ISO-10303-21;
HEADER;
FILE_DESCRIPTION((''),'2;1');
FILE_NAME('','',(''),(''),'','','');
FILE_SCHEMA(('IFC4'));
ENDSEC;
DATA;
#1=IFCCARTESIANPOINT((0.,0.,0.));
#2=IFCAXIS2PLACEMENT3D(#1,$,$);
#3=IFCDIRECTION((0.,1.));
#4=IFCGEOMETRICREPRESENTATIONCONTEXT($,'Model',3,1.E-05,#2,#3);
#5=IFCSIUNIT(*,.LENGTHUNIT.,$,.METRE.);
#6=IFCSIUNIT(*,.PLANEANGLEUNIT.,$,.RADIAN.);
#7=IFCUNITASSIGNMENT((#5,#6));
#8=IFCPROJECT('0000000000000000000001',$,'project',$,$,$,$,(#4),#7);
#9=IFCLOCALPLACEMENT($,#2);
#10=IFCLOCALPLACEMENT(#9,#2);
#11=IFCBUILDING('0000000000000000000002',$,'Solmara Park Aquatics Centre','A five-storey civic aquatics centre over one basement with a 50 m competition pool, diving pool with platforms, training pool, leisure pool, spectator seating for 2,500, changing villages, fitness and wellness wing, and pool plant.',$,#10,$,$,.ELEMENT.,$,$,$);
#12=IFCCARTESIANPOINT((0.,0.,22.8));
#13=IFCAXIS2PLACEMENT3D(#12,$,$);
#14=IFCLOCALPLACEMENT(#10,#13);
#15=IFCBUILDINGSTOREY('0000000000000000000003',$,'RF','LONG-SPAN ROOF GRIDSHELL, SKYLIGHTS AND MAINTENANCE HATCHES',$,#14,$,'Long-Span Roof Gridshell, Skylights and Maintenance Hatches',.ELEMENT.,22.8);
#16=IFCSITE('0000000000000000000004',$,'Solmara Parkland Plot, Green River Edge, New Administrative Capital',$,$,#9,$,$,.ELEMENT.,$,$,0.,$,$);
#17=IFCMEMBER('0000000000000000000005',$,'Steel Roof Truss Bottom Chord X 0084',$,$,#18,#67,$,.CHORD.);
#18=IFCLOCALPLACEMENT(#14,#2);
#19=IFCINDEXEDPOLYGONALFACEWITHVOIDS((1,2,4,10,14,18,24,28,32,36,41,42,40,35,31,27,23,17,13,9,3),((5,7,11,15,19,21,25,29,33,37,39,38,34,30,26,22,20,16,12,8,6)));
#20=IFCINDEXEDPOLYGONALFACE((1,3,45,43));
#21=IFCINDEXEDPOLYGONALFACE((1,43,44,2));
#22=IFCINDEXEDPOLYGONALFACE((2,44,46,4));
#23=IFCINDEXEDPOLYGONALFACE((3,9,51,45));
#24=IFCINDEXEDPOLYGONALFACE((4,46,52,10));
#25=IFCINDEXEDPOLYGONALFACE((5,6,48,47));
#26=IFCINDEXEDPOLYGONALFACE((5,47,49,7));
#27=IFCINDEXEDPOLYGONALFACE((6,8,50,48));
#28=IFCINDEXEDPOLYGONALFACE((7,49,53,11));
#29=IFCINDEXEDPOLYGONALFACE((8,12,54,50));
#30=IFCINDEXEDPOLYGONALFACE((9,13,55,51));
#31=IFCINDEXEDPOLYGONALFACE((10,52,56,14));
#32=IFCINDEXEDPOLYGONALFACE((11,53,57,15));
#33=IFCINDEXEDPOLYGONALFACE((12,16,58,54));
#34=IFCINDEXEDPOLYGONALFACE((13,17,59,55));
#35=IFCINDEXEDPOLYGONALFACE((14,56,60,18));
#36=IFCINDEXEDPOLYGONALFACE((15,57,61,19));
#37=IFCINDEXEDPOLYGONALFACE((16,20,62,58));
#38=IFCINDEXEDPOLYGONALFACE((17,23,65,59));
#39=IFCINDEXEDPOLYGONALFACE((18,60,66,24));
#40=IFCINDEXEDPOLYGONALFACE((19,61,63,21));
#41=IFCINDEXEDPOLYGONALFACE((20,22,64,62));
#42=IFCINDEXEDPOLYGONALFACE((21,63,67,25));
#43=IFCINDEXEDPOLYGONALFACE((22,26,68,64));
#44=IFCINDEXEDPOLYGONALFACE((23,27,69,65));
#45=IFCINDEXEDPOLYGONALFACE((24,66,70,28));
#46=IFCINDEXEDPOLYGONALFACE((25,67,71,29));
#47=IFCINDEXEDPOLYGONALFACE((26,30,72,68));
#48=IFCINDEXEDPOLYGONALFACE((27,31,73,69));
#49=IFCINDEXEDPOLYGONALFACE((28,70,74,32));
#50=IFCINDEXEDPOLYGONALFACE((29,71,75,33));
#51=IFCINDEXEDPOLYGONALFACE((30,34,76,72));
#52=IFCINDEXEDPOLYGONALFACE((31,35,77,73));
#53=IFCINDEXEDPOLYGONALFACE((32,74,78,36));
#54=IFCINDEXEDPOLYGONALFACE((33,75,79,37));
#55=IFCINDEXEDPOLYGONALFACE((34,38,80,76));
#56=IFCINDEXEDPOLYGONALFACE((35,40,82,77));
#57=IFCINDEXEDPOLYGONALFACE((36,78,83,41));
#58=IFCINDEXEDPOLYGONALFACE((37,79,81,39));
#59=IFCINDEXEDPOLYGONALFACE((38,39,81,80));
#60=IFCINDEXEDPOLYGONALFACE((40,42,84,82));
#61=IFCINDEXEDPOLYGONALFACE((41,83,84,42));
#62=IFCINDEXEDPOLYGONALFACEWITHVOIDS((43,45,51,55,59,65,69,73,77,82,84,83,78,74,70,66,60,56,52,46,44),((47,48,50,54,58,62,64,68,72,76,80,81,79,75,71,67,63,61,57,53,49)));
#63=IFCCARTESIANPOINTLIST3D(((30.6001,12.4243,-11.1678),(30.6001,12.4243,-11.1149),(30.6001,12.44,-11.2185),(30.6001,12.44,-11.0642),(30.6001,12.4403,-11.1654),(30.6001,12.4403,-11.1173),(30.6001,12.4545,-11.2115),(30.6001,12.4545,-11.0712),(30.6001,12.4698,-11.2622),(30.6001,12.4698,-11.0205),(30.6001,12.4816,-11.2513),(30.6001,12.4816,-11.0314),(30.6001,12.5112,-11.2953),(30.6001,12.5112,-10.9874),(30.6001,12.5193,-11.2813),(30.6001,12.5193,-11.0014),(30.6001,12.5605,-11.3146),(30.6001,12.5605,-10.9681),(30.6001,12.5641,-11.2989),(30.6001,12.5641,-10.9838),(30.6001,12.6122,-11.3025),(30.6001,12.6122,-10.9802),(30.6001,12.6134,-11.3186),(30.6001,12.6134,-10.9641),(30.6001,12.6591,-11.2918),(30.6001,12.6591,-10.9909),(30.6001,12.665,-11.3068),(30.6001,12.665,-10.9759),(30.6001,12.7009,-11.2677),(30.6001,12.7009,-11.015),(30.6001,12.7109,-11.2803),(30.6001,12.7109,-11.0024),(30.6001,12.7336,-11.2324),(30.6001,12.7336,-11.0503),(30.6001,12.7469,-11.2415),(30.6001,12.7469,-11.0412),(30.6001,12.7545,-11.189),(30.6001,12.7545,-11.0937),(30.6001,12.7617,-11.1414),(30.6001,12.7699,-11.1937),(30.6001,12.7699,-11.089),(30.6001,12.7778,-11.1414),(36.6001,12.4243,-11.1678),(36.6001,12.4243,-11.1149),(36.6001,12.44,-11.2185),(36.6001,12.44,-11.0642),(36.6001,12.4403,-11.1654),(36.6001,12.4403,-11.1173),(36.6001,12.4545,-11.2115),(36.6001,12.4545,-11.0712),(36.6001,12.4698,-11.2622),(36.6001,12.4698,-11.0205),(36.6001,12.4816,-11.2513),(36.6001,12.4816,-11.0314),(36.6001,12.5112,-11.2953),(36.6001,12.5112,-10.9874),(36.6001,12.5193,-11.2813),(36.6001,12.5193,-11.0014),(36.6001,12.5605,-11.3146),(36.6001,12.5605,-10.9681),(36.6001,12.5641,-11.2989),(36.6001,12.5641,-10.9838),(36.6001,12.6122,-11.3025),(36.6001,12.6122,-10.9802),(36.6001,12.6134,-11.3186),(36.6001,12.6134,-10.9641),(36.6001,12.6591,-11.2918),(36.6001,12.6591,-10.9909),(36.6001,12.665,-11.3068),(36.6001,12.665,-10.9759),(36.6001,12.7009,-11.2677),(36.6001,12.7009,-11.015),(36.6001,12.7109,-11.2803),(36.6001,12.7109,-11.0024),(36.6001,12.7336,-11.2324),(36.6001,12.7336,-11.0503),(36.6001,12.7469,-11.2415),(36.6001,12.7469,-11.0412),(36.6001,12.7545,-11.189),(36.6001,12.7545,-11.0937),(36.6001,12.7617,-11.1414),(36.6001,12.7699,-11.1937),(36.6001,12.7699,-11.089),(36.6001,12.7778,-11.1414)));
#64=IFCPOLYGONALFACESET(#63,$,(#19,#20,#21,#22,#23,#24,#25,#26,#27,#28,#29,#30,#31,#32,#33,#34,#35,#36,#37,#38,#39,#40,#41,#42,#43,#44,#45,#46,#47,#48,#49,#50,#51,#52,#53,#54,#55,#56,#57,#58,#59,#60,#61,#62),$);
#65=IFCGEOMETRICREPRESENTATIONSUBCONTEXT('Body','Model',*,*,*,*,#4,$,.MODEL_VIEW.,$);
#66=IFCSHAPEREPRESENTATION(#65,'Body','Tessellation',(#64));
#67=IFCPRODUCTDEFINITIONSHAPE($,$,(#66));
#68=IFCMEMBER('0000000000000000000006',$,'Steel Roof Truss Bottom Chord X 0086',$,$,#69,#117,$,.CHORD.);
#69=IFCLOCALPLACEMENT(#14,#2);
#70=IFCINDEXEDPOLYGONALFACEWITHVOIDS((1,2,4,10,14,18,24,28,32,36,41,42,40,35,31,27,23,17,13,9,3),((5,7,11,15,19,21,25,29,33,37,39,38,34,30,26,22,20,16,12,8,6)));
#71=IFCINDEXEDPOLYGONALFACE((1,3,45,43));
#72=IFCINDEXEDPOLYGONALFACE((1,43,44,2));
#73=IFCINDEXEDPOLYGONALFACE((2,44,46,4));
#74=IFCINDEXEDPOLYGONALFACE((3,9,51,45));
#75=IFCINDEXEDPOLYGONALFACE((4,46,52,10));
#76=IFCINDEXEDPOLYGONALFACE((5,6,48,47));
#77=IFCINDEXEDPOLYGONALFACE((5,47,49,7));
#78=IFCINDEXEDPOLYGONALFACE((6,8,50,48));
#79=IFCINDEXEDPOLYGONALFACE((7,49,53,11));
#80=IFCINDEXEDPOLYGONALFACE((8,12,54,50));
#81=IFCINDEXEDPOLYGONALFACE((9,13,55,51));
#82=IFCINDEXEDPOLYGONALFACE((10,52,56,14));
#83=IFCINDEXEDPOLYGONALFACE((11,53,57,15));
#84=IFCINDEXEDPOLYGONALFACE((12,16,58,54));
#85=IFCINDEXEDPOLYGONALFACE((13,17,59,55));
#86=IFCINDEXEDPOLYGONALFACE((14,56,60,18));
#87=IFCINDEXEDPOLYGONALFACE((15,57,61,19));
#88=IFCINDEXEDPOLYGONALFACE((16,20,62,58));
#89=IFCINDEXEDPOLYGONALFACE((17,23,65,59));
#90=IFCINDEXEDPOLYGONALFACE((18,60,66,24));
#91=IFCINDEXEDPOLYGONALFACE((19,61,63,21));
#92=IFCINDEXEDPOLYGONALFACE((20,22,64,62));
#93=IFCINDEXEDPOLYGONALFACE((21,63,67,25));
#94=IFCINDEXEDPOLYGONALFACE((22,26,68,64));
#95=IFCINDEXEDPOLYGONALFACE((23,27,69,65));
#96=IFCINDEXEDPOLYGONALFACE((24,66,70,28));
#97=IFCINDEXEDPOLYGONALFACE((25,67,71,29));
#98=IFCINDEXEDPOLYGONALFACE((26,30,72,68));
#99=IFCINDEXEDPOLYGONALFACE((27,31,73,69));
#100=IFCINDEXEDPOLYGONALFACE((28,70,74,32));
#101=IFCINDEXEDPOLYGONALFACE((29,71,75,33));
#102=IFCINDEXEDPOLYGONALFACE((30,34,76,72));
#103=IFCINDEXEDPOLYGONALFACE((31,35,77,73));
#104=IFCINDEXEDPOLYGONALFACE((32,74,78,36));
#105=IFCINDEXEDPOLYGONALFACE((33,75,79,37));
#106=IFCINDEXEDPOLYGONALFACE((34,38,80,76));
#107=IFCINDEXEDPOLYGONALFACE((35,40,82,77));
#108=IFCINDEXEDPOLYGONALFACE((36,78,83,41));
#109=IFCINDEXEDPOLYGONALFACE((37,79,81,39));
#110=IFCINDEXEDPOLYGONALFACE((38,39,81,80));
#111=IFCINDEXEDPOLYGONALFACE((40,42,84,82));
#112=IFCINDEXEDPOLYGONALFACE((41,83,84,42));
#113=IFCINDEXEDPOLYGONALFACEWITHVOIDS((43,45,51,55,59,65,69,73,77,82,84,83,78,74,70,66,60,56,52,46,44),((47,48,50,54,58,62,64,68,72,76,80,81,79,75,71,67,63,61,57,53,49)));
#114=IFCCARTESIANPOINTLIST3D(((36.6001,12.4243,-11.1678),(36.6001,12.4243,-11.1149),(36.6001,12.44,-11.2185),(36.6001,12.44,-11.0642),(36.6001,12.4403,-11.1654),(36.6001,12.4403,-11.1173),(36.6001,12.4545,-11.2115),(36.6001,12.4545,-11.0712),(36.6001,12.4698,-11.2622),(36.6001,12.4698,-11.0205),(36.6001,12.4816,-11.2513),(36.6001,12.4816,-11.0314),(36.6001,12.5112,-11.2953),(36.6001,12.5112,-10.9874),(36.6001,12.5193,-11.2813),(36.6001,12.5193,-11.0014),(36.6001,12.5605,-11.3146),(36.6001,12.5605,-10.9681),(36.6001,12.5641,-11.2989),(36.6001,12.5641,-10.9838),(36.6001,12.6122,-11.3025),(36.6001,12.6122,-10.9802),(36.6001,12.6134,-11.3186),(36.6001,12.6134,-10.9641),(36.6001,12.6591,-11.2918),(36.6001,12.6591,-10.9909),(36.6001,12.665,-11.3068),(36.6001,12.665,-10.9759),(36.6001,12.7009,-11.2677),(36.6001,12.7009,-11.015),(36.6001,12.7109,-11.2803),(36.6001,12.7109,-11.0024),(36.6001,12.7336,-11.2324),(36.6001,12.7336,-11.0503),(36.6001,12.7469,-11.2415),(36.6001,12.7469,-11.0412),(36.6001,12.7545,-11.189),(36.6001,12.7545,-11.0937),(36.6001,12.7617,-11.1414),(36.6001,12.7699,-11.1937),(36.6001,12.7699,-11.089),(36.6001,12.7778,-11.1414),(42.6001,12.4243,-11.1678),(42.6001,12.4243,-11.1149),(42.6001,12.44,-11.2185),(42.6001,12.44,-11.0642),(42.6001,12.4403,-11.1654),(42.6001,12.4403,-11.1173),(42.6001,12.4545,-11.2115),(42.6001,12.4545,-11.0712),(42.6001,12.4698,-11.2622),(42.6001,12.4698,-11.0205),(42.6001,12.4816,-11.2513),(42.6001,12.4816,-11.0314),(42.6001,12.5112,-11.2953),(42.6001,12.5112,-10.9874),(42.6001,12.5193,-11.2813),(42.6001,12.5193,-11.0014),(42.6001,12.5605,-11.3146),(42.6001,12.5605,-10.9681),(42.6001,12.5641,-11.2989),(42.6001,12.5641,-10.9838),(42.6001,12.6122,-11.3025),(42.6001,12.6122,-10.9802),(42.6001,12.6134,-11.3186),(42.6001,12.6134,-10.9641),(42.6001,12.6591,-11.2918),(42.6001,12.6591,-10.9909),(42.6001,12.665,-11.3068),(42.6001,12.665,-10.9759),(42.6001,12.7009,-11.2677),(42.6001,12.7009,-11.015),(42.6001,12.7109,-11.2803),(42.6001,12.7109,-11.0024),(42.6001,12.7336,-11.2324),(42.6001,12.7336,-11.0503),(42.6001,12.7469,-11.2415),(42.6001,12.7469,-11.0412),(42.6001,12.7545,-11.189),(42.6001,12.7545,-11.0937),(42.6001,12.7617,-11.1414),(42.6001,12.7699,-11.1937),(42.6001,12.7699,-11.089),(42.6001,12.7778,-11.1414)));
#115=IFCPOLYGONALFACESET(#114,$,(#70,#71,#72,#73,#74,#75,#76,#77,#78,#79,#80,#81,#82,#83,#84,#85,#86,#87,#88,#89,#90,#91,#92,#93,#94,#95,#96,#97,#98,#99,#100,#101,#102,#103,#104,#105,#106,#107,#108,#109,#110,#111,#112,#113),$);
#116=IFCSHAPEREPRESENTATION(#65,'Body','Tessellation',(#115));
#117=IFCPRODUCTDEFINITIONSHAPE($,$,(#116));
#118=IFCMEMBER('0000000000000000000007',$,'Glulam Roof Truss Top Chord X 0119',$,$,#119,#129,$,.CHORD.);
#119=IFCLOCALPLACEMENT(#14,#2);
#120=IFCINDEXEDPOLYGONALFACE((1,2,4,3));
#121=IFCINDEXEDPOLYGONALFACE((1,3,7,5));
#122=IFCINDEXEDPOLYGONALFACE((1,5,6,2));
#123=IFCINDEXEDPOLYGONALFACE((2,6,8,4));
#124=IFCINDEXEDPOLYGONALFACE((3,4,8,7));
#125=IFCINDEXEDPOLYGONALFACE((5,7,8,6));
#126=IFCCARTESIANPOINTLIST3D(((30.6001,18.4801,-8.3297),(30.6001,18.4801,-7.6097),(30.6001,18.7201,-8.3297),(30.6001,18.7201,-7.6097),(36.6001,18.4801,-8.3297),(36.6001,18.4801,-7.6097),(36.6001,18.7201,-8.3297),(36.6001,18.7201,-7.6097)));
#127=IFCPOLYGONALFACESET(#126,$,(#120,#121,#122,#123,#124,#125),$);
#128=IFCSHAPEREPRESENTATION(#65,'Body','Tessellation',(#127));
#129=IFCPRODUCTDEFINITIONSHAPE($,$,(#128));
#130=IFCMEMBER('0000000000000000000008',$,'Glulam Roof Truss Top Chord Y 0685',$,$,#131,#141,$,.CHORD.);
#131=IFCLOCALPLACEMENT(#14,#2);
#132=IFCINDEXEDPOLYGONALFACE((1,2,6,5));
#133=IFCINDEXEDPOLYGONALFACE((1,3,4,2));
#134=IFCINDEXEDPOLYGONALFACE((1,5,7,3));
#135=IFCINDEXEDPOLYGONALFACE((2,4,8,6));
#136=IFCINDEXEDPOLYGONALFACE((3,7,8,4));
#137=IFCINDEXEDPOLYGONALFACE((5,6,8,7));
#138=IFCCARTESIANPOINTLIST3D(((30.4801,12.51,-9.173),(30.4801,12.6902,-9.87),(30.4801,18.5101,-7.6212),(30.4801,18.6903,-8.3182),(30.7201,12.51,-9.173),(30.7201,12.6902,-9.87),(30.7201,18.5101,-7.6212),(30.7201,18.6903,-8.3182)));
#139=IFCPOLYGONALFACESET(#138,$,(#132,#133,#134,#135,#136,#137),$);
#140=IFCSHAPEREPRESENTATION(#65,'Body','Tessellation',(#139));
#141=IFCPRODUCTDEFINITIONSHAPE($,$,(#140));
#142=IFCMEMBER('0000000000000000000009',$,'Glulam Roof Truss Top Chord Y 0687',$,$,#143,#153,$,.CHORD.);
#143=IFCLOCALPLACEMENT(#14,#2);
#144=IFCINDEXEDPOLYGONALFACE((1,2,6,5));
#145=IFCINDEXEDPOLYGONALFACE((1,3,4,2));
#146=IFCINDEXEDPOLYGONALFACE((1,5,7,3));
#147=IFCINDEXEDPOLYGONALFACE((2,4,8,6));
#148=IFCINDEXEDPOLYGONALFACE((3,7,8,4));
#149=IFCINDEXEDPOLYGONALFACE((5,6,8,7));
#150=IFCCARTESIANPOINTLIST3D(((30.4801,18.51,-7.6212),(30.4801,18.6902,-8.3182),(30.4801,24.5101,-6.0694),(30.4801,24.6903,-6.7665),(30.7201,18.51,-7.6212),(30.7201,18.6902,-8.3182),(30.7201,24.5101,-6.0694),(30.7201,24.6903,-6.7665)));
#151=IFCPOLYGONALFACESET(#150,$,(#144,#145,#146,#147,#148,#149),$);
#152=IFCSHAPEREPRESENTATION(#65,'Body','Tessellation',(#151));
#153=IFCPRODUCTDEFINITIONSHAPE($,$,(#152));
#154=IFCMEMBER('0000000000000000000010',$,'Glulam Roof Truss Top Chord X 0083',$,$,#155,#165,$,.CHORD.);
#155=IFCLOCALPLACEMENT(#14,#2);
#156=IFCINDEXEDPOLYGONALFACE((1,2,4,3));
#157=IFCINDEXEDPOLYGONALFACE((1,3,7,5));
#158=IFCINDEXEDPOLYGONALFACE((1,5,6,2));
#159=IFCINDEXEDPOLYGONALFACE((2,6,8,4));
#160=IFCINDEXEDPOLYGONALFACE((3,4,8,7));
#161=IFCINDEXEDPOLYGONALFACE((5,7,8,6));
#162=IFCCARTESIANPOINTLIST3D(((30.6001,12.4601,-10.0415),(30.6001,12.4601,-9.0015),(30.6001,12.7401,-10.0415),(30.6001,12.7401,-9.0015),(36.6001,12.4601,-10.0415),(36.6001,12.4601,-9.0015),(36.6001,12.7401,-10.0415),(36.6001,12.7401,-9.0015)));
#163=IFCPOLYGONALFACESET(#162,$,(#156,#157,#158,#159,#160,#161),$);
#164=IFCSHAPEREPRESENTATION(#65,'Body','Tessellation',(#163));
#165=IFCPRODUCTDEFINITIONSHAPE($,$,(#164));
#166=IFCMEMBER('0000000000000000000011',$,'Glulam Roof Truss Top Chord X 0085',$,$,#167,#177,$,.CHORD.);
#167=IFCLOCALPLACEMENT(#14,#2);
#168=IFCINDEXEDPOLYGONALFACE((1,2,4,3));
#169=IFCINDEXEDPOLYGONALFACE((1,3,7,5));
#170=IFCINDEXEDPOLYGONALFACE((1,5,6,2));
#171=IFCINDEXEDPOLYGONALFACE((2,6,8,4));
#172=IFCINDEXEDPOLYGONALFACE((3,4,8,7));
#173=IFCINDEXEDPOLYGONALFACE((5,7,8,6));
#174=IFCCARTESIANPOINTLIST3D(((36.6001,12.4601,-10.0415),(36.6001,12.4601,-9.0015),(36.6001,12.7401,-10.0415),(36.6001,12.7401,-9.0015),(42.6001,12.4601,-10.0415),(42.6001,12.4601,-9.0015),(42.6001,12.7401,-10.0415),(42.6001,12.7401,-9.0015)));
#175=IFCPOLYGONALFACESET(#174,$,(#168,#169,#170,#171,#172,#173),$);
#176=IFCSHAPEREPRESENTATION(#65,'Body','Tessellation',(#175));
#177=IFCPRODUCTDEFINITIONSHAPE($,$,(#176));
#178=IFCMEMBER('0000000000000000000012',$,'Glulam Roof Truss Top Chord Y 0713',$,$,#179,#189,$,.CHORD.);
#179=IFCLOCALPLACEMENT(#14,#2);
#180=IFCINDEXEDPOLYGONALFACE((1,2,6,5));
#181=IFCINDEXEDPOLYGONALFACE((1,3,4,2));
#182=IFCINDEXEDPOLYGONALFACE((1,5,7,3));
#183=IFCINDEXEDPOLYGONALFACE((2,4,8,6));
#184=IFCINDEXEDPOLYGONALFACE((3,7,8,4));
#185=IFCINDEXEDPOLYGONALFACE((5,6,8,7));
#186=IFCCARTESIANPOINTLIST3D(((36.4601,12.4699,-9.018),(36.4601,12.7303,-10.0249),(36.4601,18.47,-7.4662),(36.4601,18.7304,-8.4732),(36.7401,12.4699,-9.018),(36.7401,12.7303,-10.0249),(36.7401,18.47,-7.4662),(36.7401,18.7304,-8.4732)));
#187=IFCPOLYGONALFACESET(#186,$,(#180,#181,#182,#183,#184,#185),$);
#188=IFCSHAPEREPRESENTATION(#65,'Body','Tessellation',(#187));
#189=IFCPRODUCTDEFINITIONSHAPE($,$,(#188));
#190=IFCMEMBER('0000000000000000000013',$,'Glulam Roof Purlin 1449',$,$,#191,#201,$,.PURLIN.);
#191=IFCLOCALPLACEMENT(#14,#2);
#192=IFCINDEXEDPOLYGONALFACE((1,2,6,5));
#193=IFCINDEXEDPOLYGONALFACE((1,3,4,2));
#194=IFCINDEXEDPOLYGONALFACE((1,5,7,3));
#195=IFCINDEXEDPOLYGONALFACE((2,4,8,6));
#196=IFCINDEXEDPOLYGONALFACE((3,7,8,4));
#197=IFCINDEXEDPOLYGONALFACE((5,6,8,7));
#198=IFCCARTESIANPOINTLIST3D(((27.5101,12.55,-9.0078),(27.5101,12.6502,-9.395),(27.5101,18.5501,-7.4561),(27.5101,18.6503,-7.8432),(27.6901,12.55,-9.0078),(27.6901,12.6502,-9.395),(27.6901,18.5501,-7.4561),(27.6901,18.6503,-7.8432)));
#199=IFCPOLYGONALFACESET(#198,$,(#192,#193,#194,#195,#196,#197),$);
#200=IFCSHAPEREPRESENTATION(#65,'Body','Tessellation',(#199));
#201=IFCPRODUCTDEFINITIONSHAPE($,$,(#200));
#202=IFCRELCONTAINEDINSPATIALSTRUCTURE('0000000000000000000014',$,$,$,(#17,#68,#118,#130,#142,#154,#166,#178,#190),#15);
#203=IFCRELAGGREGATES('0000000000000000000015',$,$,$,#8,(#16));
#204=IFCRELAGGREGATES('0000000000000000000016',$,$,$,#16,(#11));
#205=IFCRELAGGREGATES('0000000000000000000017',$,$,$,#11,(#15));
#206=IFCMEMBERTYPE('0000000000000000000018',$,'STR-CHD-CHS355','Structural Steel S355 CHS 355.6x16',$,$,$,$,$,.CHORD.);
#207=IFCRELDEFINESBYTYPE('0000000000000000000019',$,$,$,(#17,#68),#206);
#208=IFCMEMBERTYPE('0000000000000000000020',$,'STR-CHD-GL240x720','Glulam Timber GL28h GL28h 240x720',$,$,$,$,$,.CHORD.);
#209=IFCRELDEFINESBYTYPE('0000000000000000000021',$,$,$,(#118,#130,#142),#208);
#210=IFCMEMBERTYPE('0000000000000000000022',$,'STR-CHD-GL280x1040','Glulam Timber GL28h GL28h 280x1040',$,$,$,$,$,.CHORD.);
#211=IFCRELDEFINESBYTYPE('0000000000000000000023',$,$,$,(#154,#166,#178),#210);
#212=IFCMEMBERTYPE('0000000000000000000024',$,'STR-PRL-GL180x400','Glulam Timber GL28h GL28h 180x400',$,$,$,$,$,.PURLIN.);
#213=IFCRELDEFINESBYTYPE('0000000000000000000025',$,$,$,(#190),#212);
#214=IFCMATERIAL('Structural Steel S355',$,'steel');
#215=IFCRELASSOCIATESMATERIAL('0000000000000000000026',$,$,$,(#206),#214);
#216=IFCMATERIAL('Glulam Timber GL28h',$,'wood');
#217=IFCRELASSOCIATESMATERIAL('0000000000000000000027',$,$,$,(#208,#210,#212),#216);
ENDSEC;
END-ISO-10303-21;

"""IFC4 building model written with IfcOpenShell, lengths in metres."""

from ifc_helpers import new_model, si_unit, direction, frame, origin, origin_2d, place, context, subcontext, project, spatial, rectangle, hollow_circle, extrude, material, material_profile, profile_set, type_object, element, save


model = new_model("IFC4")

# Units and contexts
model_context = context("Model", 3, precision=1e-05, world=origin(), true_north=direction((0.0, 1.0)))
body_context = subcontext(model_context, "Body", "Model", "MODEL_VIEW")
ifc_project = project(units=[si_unit("LENGTHUNIT", "METRE"), si_unit("PLANEANGLEUNIT", "RADIAN")], contexts=[model_context])

# Site, building, storey
site_placement = place(None, origin())
site = spatial("IfcSite", under=ifc_project, at=site_placement, Name="Solmara Parkland Plot, Green River Edge, New Administrative Capital", CompositionType="ELEMENT", RefElevation=0.0)
building_placement = place(site_placement, origin())
building = spatial("IfcBuilding", under=site, at=building_placement, Name="Solmara Park Aquatics Centre", Description="A five-storey civic aquatics centre over one basement with a 50 m competition pool, diving pool with platforms, training pool, leisure pool, spectator seating for 2,500, changing villages, fitness and wellness wing, and pool plant.", CompositionType="ELEMENT")
storey_placement = place(building_placement, frame((0.0, 0.0, 22.8)))
storey = spatial("IfcBuildingStorey", under=building, at=storey_placement, Name="RF", Description="LONG-SPAN ROOF GRIDSHELL, SKYLIGHTS AND MAINTENANCE HATCHES", LongName="Long-Span Roof Gridshell, Skylights and Maintenance Hatches", CompositionType="ELEMENT", Elevation=22.8)

# Members
ifc_material_1 = material(Name="Structural Steel S355", Category="steel")
ifc_material_profile_1 = material_profile(ifc_material_1, hollow_circle(Radius=0.1777, WallThickness=0.0161, at=origin_2d()), Name="CHS 355.6x16")
ifc_profile_set_1 = profile_set([ifc_material_profile_1], Name="Structural Steel S355")
member_type_1 = type_object("IfcMemberType", Name="STR-CHD-CHS355", Description="Structural Steel S355 CHS 355.6x16", PredefinedType="CHORD", material=ifc_profile_set_1)
for number, where, z_axis, x_axis, name in (
    (1, (30.6001, 12.6001, -11.1414), (1.0, 0.0, 0.0), (0.0, 1.0, 0.0), "Steel Roof Truss Bottom Chord X 0084"),
    (2, (36.6001, 12.6001, -11.1414), (1.0, 0.0, 0.0), (0.0, 1.0, 0.0), "Steel Roof Truss Bottom Chord X 0086"),
):
    element("IfcMember", number, at=place(storey_placement, frame(where, z_axis=z_axis, x_axis=x_axis)), inside=storey, type_object=member_type_1, Name=name, PredefinedType="CHORD", context=body_context, shape_type="SweptSolid", body=[
        extrude(hollow_circle(Radius=0.1777, WallThickness=0.0161, at=origin_2d()), origin(), (0.0, 0.0, 1.0), 6.0),
    ])
ifc_material_2 = material(Name="Glulam Timber GL28h", Category="wood")
ifc_material_profile_2 = material_profile(ifc_material_2, rectangle(XDim=0.24, YDim=0.72, at=origin_2d()), Name="GL28h 240x720")
ifc_profile_set_2 = profile_set([ifc_material_profile_2], Name="Glulam Timber GL28h")
member_type_2 = type_object("IfcMemberType", Name="STR-CHD-GL240x720", Description="Glulam Timber GL28h GL28h 240x720", PredefinedType="CHORD", material=ifc_profile_set_2)
member_1_placement = place(storey_placement, frame((30.6001, 18.6001, -7.9697), z_axis=(1.0, 0.0, 0.0), x_axis=(0.0, 1.0, 0.0)))
element("IfcMember", 3, at=member_1_placement, inside=storey, type_object=member_type_2, Name="Glulam Roof Truss Top Chord X 0119", PredefinedType="CHORD", context=body_context, shape_type="SweptSolid", body=[
    extrude(rectangle(XDim=0.24, YDim=0.72, at=origin_2d()), origin(), (0.0, 0.0, 1.0), 6.0),
])
for number, where, z_axis, x_axis, name in (
    (4, (30.6001, 12.6001, -9.5215), (0.0, 0.968146, 0.250388), (-1.0, 0.0, 0.0), "Glulam Roof Truss Top Chord Y 0685"),
    (5, (30.6001, 18.6001, -7.9697), (0.0, 0.968146, 0.250388), (-1.0, 0.0, 0.0), "Glulam Roof Truss Top Chord Y 0687"),
):
    element("IfcMember", number, at=place(storey_placement, frame(where, z_axis=z_axis, x_axis=x_axis)), inside=storey, type_object=member_type_2, Name=name, PredefinedType="CHORD", context=body_context, shape_type="SweptSolid", body=[
        extrude(rectangle(XDim=0.24, YDim=0.72, at=origin_2d()), origin(), (0.0, 0.0, 1.0), 6.1975),
    ])
ifc_material_profile_3 = material_profile(ifc_material_2, rectangle(XDim=0.28, YDim=1.04, at=origin_2d()), Name="GL28h 280x1040")
ifc_profile_set_3 = profile_set([ifc_material_profile_3], Name="Glulam Timber GL28h")
member_type_3 = type_object("IfcMemberType", Name="STR-CHD-GL280x1040", Description="Glulam Timber GL28h GL28h 280x1040", PredefinedType="CHORD", material=ifc_profile_set_3)
for number, where, z_axis, x_axis, name in (
    (6, (30.6001, 12.6001, -9.5215), (1.0, 0.0, 0.0), (0.0, 1.0, 0.0), "Glulam Roof Truss Top Chord X 0083"),
    (7, (36.6001, 12.6001, -9.5215), (1.0, 0.0, 0.0), (0.0, 1.0, 0.0), "Glulam Roof Truss Top Chord X 0085"),
):
    element("IfcMember", number, at=place(storey_placement, frame(where, z_axis=z_axis, x_axis=x_axis)), inside=storey, type_object=member_type_3, Name=name, PredefinedType="CHORD", context=body_context, shape_type="SweptSolid", body=[
        extrude(rectangle(XDim=0.28, YDim=1.04, at=origin_2d()), origin(), (0.0, 0.0, 1.0), 6.0),
    ])
member_2_placement = place(storey_placement, frame((36.6001, 12.6001, -9.5215), z_axis=(0.0, 0.968146, 0.250388), x_axis=(-1.0, 0.0, 0.0)))
element("IfcMember", 8, at=member_2_placement, inside=storey, type_object=member_type_3, Name="Glulam Roof Truss Top Chord Y 0713", PredefinedType="CHORD", context=body_context, shape_type="SweptSolid", body=[
    extrude(rectangle(XDim=0.28, YDim=1.04, at=origin_2d()), origin(), (0.0, 0.0, 1.0), 6.1975),
])
ifc_material_profile_4 = material_profile(ifc_material_2, rectangle(XDim=0.1799, YDim=0.3999, at=origin_2d()), Name="GL28h 180x400")
ifc_profile_set_4 = profile_set([ifc_material_profile_4], Name="Glulam Timber GL28h")
member_type_4 = type_object("IfcMemberType", Name="STR-PRL-GL180x400", Description="Glulam Timber GL28h GL28h 180x400", PredefinedType="PURLIN", material=ifc_profile_set_4)
member_3_placement = place(storey_placement, frame((27.6001, 12.6001, -9.2014), z_axis=(0.0, 0.968146, 0.250388), x_axis=(-1.0, 0.0, 0.0)))
element("IfcMember", 9, at=member_3_placement, inside=storey, type_object=member_type_4, Name="Glulam Roof Purlin 1449", PredefinedType="PURLIN", context=body_context, shape_type="SweptSolid", body=[
    extrude(rectangle(XDim=0.1799, YDim=0.3999, at=origin_2d()), origin(), (0.0, 0.0, 1.0), 6.1975),
])

save(model, "model.ifc")
